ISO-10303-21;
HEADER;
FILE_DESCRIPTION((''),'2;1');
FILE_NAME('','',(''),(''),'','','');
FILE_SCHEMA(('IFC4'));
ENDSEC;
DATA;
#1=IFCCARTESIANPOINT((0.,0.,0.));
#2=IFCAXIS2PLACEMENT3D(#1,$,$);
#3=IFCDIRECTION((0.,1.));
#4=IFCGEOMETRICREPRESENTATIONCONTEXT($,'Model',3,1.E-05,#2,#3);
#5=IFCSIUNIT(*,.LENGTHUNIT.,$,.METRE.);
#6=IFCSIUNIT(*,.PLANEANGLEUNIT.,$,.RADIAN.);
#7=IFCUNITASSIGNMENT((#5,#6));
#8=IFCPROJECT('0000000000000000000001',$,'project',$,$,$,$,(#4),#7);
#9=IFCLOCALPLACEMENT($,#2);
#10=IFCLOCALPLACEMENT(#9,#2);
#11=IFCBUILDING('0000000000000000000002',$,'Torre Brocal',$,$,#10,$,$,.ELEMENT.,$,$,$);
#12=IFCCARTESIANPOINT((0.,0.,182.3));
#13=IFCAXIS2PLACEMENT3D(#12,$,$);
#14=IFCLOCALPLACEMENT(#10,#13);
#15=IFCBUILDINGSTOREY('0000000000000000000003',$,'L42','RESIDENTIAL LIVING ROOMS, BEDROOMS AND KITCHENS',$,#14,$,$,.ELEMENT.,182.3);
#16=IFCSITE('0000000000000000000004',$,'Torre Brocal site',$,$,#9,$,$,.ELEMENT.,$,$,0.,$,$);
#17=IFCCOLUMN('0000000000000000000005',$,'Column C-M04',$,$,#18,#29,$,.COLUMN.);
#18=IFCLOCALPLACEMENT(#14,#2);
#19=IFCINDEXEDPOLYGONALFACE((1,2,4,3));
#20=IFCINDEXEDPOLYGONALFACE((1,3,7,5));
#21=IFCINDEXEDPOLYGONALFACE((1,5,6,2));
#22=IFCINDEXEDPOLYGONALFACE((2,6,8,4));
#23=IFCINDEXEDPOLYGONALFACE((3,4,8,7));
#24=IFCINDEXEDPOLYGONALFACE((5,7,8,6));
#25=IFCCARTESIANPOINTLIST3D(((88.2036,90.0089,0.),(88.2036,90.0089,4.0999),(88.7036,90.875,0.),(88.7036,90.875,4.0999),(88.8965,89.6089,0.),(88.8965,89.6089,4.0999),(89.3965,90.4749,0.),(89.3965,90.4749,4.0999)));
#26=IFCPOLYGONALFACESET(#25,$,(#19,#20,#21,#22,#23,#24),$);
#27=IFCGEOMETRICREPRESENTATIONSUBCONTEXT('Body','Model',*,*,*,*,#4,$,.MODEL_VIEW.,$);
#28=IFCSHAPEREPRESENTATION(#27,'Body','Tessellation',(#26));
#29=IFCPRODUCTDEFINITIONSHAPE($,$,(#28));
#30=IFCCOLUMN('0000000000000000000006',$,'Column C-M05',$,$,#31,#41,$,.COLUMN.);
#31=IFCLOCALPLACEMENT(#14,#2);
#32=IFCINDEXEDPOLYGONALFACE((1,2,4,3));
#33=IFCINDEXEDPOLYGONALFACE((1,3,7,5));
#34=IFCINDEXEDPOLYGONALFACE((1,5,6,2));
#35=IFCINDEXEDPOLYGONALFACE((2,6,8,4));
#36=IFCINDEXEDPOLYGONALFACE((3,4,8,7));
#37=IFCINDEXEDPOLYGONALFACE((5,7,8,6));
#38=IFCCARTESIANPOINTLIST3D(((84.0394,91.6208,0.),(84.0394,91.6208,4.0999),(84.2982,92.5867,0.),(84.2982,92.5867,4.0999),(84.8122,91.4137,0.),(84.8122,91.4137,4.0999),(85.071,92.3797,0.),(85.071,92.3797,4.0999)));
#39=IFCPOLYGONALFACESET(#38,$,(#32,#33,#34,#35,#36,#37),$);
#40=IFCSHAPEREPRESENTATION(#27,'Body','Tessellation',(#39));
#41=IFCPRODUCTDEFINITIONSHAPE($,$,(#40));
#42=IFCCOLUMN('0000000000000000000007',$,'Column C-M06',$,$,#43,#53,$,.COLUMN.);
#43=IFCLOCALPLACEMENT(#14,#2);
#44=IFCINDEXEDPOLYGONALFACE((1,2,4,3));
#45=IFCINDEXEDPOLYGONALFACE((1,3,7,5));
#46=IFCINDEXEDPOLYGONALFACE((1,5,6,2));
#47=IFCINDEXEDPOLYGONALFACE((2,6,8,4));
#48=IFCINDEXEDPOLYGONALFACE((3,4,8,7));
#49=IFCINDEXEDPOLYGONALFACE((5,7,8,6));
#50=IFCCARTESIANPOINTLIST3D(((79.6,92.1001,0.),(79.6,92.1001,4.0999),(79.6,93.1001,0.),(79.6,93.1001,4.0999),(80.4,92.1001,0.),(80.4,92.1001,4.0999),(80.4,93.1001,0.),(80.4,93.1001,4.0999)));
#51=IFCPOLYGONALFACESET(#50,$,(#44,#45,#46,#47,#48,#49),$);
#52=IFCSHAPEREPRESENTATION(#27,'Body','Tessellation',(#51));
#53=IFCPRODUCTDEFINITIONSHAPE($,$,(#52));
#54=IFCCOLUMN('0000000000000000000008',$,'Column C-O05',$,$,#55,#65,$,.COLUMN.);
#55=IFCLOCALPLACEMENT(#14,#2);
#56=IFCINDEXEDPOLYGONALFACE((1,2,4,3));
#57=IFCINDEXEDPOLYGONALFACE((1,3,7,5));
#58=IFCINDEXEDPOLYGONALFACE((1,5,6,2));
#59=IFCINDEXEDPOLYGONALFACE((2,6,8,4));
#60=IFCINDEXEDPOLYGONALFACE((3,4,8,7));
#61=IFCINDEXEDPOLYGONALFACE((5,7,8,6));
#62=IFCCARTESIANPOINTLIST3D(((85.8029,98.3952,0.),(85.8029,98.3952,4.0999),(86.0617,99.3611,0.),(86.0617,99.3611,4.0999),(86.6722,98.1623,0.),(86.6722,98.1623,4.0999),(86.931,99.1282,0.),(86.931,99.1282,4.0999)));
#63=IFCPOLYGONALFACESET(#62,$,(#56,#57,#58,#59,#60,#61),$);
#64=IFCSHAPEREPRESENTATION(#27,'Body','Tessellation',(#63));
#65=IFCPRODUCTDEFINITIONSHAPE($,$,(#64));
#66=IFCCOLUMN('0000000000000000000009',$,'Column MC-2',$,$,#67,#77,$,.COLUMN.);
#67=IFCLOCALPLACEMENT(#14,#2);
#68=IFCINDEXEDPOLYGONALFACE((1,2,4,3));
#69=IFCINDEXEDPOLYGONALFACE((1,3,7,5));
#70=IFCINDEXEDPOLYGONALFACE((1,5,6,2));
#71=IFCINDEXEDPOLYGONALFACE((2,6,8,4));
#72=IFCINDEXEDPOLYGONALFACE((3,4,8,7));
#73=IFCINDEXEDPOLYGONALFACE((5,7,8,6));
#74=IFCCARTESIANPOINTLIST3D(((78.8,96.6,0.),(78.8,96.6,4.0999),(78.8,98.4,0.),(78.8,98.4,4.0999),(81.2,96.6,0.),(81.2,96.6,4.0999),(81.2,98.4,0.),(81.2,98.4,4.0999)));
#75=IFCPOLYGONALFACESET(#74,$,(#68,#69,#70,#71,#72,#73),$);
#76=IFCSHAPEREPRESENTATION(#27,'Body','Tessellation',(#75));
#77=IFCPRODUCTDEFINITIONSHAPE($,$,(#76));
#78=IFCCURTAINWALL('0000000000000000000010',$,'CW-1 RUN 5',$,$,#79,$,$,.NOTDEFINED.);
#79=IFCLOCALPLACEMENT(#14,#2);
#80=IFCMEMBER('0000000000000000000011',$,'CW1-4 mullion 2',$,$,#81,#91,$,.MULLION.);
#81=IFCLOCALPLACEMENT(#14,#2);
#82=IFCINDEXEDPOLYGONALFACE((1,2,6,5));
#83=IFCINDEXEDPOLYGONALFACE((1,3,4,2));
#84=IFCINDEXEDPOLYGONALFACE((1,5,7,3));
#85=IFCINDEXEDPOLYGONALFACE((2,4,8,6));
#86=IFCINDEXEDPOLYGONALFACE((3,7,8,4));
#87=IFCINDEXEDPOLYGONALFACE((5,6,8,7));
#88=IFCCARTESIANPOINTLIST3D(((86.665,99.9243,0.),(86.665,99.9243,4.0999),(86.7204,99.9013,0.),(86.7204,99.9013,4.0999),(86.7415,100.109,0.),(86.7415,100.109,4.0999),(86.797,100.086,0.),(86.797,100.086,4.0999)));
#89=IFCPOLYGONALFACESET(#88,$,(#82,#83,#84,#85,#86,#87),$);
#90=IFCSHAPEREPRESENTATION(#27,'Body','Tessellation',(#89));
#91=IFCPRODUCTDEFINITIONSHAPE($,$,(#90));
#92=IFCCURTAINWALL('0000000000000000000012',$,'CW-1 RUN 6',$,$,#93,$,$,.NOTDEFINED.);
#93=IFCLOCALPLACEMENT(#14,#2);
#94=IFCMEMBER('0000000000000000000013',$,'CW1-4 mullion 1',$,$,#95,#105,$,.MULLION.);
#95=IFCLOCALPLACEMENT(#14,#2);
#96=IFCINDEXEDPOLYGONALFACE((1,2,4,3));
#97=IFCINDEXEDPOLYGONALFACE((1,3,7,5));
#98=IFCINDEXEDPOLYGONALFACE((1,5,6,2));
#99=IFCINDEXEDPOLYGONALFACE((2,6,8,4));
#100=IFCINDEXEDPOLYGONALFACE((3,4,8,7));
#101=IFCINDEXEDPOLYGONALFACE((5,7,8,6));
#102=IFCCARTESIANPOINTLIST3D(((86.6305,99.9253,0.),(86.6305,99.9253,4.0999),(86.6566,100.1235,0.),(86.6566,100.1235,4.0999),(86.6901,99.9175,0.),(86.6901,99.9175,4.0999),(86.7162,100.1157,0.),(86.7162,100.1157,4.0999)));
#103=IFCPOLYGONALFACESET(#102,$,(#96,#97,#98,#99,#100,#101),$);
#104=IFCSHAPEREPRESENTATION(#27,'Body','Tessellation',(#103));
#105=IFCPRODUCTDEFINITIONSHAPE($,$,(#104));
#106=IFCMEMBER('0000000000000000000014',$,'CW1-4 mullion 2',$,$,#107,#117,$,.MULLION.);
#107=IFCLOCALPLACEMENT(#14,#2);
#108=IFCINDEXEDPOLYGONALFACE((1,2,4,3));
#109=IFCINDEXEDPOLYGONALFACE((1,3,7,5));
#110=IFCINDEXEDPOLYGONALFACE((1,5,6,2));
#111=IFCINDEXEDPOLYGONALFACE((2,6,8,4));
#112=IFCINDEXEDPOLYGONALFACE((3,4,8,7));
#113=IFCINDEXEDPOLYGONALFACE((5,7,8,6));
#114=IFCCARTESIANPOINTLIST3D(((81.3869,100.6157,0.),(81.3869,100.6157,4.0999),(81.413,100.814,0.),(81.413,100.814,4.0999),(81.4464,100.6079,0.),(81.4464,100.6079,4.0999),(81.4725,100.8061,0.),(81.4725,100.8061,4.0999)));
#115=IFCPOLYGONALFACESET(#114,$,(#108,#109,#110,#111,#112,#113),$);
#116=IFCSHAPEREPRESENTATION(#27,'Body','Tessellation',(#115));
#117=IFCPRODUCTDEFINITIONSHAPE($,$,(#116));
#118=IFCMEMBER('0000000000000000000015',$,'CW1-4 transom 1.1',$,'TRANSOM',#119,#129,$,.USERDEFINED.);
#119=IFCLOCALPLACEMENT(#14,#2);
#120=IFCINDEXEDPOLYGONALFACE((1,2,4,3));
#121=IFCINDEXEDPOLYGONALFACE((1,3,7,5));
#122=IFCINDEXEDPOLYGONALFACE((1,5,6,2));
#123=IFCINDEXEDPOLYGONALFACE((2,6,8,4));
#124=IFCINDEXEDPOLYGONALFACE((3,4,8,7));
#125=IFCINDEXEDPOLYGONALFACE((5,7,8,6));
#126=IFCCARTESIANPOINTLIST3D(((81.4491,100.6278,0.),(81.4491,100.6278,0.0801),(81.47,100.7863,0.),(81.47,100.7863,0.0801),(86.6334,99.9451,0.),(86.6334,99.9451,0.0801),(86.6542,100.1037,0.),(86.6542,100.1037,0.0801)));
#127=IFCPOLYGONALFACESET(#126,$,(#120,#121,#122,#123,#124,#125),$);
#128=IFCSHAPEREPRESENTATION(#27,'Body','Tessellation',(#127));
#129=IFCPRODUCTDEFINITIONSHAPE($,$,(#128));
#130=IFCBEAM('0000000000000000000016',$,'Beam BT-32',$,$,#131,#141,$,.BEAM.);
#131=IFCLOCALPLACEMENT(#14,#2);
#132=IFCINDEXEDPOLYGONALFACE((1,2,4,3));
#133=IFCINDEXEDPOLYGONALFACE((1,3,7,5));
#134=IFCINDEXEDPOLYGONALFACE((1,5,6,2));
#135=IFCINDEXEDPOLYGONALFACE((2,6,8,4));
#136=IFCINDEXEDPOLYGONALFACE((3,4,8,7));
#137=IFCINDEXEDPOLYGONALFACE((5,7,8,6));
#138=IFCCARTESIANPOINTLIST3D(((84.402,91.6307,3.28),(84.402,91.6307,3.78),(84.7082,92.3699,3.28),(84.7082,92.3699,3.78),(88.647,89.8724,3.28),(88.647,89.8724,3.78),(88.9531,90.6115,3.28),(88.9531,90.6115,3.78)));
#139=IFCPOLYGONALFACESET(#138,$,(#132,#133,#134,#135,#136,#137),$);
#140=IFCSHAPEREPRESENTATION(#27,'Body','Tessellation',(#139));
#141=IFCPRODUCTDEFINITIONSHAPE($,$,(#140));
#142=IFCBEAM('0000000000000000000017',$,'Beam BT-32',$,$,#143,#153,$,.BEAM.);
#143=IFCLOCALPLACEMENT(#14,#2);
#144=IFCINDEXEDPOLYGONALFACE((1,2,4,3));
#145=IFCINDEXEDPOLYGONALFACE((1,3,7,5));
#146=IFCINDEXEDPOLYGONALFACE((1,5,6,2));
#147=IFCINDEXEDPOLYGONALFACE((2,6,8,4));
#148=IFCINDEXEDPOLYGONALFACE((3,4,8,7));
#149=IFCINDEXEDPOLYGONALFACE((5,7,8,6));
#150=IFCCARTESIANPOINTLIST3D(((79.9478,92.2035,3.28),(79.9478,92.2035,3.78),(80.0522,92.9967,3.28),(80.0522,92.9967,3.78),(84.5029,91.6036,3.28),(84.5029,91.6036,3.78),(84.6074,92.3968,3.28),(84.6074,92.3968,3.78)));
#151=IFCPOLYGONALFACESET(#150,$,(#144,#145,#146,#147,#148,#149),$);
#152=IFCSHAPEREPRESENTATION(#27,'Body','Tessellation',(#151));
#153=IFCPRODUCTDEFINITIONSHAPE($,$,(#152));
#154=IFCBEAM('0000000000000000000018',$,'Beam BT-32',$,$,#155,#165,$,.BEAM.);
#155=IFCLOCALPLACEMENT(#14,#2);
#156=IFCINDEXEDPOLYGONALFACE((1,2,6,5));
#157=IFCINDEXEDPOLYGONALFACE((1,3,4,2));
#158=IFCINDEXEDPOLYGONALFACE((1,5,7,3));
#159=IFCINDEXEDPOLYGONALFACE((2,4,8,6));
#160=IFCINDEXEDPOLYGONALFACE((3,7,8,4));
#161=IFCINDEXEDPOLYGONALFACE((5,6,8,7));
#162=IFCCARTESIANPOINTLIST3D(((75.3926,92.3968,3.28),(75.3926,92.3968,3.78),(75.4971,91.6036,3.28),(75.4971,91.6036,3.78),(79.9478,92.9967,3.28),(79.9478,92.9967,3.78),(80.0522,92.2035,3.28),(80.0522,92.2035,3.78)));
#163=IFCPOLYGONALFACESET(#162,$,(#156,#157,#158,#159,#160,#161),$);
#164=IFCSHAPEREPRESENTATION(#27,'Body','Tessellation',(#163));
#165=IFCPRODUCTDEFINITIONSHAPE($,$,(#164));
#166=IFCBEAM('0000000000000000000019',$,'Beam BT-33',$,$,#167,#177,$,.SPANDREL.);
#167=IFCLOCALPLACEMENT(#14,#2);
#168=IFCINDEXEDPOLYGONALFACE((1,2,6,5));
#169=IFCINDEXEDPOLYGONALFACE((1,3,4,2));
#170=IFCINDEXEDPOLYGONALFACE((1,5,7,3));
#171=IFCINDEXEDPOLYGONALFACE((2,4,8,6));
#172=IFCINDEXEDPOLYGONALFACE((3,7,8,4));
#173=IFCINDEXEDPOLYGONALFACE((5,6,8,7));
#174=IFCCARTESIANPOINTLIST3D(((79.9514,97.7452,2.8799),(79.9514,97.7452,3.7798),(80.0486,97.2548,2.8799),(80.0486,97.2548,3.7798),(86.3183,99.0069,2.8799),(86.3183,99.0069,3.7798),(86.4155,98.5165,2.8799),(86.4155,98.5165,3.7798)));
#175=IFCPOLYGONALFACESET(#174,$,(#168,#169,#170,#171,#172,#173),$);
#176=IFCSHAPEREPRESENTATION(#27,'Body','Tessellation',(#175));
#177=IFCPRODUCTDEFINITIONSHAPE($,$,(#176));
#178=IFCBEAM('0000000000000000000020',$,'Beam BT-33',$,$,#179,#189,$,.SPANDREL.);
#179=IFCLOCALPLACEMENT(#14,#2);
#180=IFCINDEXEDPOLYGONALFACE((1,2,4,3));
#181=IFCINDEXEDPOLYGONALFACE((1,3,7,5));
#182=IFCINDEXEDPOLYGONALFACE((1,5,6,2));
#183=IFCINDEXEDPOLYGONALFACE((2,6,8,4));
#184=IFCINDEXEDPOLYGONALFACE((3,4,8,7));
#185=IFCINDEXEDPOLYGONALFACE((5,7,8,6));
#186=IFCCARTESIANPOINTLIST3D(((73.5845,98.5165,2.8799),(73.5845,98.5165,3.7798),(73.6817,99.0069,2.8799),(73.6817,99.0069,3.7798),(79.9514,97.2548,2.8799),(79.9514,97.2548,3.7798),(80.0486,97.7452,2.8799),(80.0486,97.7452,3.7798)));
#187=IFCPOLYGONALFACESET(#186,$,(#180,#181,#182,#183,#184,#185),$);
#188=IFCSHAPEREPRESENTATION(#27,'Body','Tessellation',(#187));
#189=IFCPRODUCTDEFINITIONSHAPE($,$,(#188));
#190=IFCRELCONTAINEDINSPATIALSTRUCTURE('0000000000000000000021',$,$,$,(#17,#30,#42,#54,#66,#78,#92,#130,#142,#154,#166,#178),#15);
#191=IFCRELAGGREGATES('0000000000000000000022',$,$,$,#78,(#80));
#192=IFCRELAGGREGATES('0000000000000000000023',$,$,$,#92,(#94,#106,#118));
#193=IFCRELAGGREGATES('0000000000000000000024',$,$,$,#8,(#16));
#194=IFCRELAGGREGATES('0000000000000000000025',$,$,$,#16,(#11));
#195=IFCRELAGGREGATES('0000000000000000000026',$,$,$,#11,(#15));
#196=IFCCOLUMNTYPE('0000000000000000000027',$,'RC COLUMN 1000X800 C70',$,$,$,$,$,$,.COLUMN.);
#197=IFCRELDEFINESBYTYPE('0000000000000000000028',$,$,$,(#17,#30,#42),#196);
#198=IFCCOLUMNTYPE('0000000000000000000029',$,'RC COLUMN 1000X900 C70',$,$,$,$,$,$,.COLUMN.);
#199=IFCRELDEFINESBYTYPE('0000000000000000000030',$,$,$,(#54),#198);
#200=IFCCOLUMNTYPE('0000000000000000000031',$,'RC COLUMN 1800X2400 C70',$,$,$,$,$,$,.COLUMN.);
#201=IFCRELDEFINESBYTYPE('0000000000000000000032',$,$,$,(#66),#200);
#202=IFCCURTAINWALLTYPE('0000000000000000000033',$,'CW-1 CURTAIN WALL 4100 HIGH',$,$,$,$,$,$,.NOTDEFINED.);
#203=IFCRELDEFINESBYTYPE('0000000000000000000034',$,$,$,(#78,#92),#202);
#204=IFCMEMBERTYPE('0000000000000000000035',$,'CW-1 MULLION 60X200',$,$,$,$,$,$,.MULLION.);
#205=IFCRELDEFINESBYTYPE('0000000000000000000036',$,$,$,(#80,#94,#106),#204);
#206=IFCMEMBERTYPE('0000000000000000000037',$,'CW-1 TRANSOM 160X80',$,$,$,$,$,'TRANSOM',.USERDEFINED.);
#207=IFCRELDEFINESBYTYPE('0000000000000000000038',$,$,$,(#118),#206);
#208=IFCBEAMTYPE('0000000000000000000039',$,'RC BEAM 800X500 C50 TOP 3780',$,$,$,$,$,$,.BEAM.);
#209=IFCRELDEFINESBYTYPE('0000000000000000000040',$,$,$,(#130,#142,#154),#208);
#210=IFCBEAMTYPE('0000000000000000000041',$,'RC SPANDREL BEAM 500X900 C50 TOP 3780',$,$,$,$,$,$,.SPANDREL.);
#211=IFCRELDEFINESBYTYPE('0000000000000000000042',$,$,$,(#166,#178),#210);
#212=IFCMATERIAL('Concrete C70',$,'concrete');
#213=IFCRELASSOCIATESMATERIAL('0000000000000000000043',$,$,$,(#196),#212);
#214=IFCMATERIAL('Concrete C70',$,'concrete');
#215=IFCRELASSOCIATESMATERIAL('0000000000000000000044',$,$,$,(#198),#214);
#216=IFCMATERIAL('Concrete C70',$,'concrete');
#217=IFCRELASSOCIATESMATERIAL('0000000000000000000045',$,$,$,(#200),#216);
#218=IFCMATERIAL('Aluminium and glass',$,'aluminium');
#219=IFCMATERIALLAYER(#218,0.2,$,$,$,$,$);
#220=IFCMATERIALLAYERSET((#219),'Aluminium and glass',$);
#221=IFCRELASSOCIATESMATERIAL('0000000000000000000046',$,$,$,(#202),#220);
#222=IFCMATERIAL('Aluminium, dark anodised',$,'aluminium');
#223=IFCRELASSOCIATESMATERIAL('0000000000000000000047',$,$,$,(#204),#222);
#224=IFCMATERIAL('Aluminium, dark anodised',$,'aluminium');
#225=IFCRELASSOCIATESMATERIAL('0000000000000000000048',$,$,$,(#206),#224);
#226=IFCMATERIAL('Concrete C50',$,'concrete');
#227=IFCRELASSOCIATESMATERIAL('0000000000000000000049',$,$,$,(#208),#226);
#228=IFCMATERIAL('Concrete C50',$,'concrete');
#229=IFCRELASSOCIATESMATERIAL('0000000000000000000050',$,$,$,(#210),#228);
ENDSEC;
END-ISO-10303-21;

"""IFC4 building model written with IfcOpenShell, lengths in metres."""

from ifc_helpers import new_model, si_unit, direction, frame, origin, origin_2d, place, context, subcontext, project, spatial, rectangle, extrude, material, layer, layer_set, material_profile, profile_set, type_object, element, aggregate, save


model = new_model("IFC4")

# Units and contexts
model_context = context("Model", 3, precision=1e-05, world=origin(), true_north=direction((0.0, 1.0)))
body_context = subcontext(model_context, "Body", "Model", "MODEL_VIEW")
ifc_project = project(units=[si_unit("LENGTHUNIT", "METRE"), si_unit("PLANEANGLEUNIT", "RADIAN")], contexts=[model_context])

# Site, building, storey
site_placement = place(None, origin())
site = spatial("IfcSite", under=ifc_project, at=site_placement, Name="Torre Brocal site", CompositionType="ELEMENT", RefElevation=0.0)
building_placement = place(site_placement, origin())
building = spatial("IfcBuilding", under=site, at=building_placement, Name="Torre Brocal", CompositionType="ELEMENT")
storey_placement = place(building_placement, frame((0.0, 0.0, 182.3)))
storey = spatial("IfcBuildingStorey", under=building, at=storey_placement, Name="L42", Description="RESIDENTIAL LIVING ROOMS, BEDROOMS AND KITCHENS", CompositionType="ELEMENT", Elevation=182.3)

# Columns
ifc_material_1 = material(Name="Concrete C70", Category="concrete")
ifc_material_profile_1 = material_profile(ifc_material_1, rectangle(XDim=1.0, YDim=0.8, at=origin_2d()), Name="RC 1000X800")
ifc_profile_set_1 = profile_set([ifc_material_profile_1], Name="Concrete C70")
column_type_1 = type_object("IfcColumnType", Name="RC COLUMN 1000X800 C70", PredefinedType="COLUMN", material=ifc_profile_set_1)
for number, where, z_axis, x_axis, name in (
    (1, (88.8, 90.2419, 0.0), (0.0, 0.0, 1.0), (0.5, 0.866025, 0.0), "Column C-M04"),
    (2, (84.5552, 92.0002, 0.0), (0.0, 0.0, 1.0), (0.258819, 0.965926, 0.0), "Column C-M05"),
    (3, (80.0, 92.6001, 0.0), (0.0, 0.0, 1.0), (0.0, 1.0, 0.0), "Column C-M06"),
):
    element("IfcColumn", number, at=place(storey_placement, frame(where, z_axis=z_axis, x_axis=x_axis)), inside=storey, type_object=column_type_1, Name=name, PredefinedType="COLUMN", context=body_context, shape_type="SweptSolid", body=[
        extrude(rectangle(XDim=1.0, YDim=0.8, at=origin_2d()), origin(), (0.0, 0.0, 1.0), 4.0999),
    ])
ifc_material_2 = material(Name="Concrete C70", Category="concrete")
ifc_material_profile_2 = material_profile(ifc_material_2, rectangle(XDim=1.0, YDim=0.8999, at=origin_2d()), Name="RC 1000X900")
ifc_profile_set_2 = profile_set([ifc_material_profile_2], Name="Concrete C70")
column_type_2 = type_object("IfcColumnType", Name="RC COLUMN 1000X900 C70", PredefinedType="COLUMN", material=ifc_profile_set_2)
column_1_placement = place(storey_placement, frame((86.3669, 98.7617, 0.0), z_axis=(0.0, 0.0, 1.0), x_axis=(0.258819, 0.965926, 0.0)))
element("IfcColumn", 4, at=column_1_placement, inside=storey, type_object=column_type_2, Name="Column C-O05", PredefinedType="COLUMN", context=body_context, shape_type="SweptSolid", body=[
    extrude(rectangle(XDim=1.0, YDim=0.8999, at=origin_2d()), origin(), (0.0, 0.0, 1.0), 4.0999),
])
ifc_material_3 = material(Name="Concrete C70", Category="concrete")
ifc_material_profile_3 = material_profile(ifc_material_3, rectangle(XDim=1.8, YDim=2.3999, at=origin_2d()), Name="RC 1800X2400")
ifc_profile_set_3 = profile_set([ifc_material_profile_3], Name="Concrete C70")
column_type_3 = type_object("IfcColumnType", Name="RC COLUMN 1800X2400 C70", PredefinedType="COLUMN", material=ifc_profile_set_3)
column_2_placement = place(storey_placement, frame((80.0, 97.5, 0.0), z_axis=(0.0, 0.0, 1.0), x_axis=(0.0, 1.0, 0.0)))
element("IfcColumn", 5, at=column_2_placement, inside=storey, type_object=column_type_3, Name="Column MC-2", PredefinedType="COLUMN", context=body_context, shape_type="SweptSolid", body=[
    extrude(rectangle(XDim=1.8, YDim=2.3999, at=origin_2d()), origin(), (0.0, 0.0, 1.0), 4.0999),
])

# Curtain wall, member
ifc_material_4 = material(Name="Aluminium and glass", Category="aluminium")
ifc_layer_1 = layer(ifc_material_4, 0.2)
ifc_layer_set_1 = layer_set([ifc_layer_1], Name="Aluminium and glass")
curtain_wall_type = type_object("IfcCurtainWallType", Name="CW-1 CURTAIN WALL 4100 HIGH", PredefinedType="NOTDEFINED", material=ifc_layer_set_1)
curtain_wall_1_placement = place(storey_placement, origin())
curtain_wall_1 = element("IfcCurtainWall", 6, at=curtain_wall_1_placement, inside=storey, type_object=curtain_wall_type, Name="CW-1 RUN 5", PredefinedType="NOTDEFINED")
ifc_material_5 = material(Name="Aluminium, dark anodised", Category="aluminium")
ifc_material_profile_4 = material_profile(ifc_material_5, rectangle(XDim=0.2, YDim=0.0601, at=origin_2d()), Name="CW-1 MULLION 60X200")
ifc_profile_set_4 = profile_set([ifc_material_profile_4], Name="Aluminium, dark anodised")
member_type_1 = type_object("IfcMemberType", Name="CW-1 MULLION 60X200", PredefinedType="MULLION", material=ifc_profile_set_4)
member_1_placement = place(storey_placement, frame((86.731, 100.0051, 0.0), z_axis=(0.0, 0.0, 1.0), x_axis=(-0.382683, -0.92388, 0.0)))
member_1 = element("IfcMember", 7, at=member_1_placement, type_object=member_type_1, Name="CW1-4 mullion 2", PredefinedType="MULLION", context=body_context, shape_type="SweptSolid", body=[
    extrude(rectangle(XDim=0.2, YDim=0.0601, at=origin_2d()), origin(), (0.0, 0.0, 1.0), 4.0999),
])

# Curtain wall, members
curtain_wall_2_placement = place(storey_placement, origin())
curtain_wall_2 = element("IfcCurtainWall", 8, at=curtain_wall_2_placement, inside=storey, type_object=curtain_wall_type, Name="CW-1 RUN 6", PredefinedType="NOTDEFINED")
member_2_placement = place(storey_placement, frame((86.6733, 100.0205, 0.0), z_axis=(0.0, 0.0, 1.0), x_axis=(-0.130526, -0.991445, 0.0)))
member_2 = element("IfcMember", 9, at=member_2_placement, type_object=member_type_1, Name="CW1-4 mullion 1", PredefinedType="MULLION", context=body_context, shape_type="SweptSolid", body=[
    extrude(rectangle(XDim=0.2, YDim=0.0601, at=origin_2d()), origin(), (0.0, 0.0, 1.0), 4.0999),
])
member_3_placement = place(storey_placement, frame((81.4297, 100.7109, 0.0), z_axis=(0.0, 0.0, 1.0), x_axis=(-0.130526, -0.991445, 0.0)))
member_3 = element("IfcMember", 10, at=member_3_placement, type_object=member_type_1, Name="CW1-4 mullion 2", PredefinedType="MULLION", context=body_context, shape_type="SweptSolid", body=[
    extrude(rectangle(XDim=0.2, YDim=0.0601, at=origin_2d()), origin(), (0.0, 0.0, 1.0), 4.0999),
])
ifc_material_6 = material(Name="Aluminium, dark anodised", Category="aluminium")
ifc_material_profile_5 = material_profile(ifc_material_6, rectangle(XDim=0.1599, YDim=0.0801, at=origin_2d()), Name="CW-1 TRANSOM 160X80")
ifc_profile_set_5 = profile_set([ifc_material_profile_5], Name="Aluminium, dark anodised")
member_type_2 = type_object("IfcMemberType", Name="CW-1 TRANSOM 160X80", ElementType="TRANSOM", PredefinedType="USERDEFINED", material=ifc_profile_set_5)
member_4_placement = place(storey_placement, frame((86.6438, 100.0244, 0.04), z_axis=(-0.991443, 0.130543, 0.0), x_axis=(-0.130543, -0.991443, 0.0)))
member_4 = element("IfcMember", 11, at=member_4_placement, type_object=member_type_2, Name="CW1-4 transom 1.1", ObjectType="TRANSOM", PredefinedType="USERDEFINED", context=body_context, shape_type="SweptSolid", body=[
    extrude(rectangle(XDim=0.1599, YDim=0.0801, at=origin_2d()), origin(), (0.0, 0.0, 1.0), 5.229),
])

# Beams
ifc_material_7 = material(Name="Concrete C50", Category="concrete")
ifc_material_profile_6 = material_profile(ifc_material_7, rectangle(XDim=0.8, YDim=0.5, at=origin_2d()), Name="RC 800X500")
ifc_profile_set_6 = profile_set([ifc_material_profile_6], Name="Concrete C50")
beam_type_1 = type_object("IfcBeamType", Name="RC BEAM 800X500 C50 TOP 3780", PredefinedType="BEAM", material=ifc_profile_set_6)
beam_placement = place(storey_placement, frame((88.8, 90.2419, 3.53), z_axis=(-0.923878, 0.382687, 0.0), x_axis=(-0.382687, -0.923878, 0.0)))
element("IfcBeam", 12, at=beam_placement, inside=storey, type_object=beam_type_1, Name="Beam BT-32", PredefinedType="BEAM", context=body_context, shape_type="SweptSolid", body=[
    extrude(rectangle(XDim=0.8, YDim=0.5, at=origin_2d()), origin(), (0.0, 0.0, 1.0), 4.5947),
])
for number, where, z_axis, x_axis, name in (
    (13, (84.5552, 92.0002, 3.53), (-0.991441, 0.130559, 0.0), (-0.130559, -0.991441, 0.0), "Beam BT-32"),
    (14, (80.0, 92.6001, 3.53), (-0.991441, -0.130559, 0.0), (0.130559, -0.991441, 0.0), "Beam BT-32"),
):
    element("IfcBeam", number, at=place(storey_placement, frame(where, z_axis=z_axis, x_axis=x_axis)), inside=storey, type_object=beam_type_1, Name=name, PredefinedType="BEAM", context=body_context, shape_type="SweptSolid", body=[
        extrude(rectangle(XDim=0.8, YDim=0.5, at=origin_2d()), origin(), (0.0, 0.0, 1.0), 4.5945),
    ])
ifc_material_8 = material(Name="Concrete C50", Category="concrete")
ifc_material_profile_7 = material_profile(ifc_material_8, rectangle(XDim=0.5, YDim=0.8999, at=origin_2d()), Name="RC 500X900")
ifc_profile_set_7 = profile_set([ifc_material_profile_7], Name="Concrete C50")
beam_type_2 = type_object("IfcBeamType", Name="RC SPANDREL BEAM 500X900 C50 TOP 3780", PredefinedType="SPANDREL", material=ifc_profile_set_7)
for number, where, z_axis, x_axis, name in (
    (15, (86.3669, 98.7617, 3.3298), (-0.980925, -0.194387, 0.0), (0.194387, -0.980925, 0.0), "Beam BT-33"),
    (16, (80.0, 97.5, 3.3298), (-0.980925, 0.194387, 0.0), (-0.194387, -0.980925, 0.0), "Beam BT-33"),
):
    element("IfcBeam", number, at=place(storey_placement, frame(where, z_axis=z_axis, x_axis=x_axis)), inside=storey, type_object=beam_type_2, Name=name, PredefinedType="SPANDREL", context=body_context, shape_type="SweptSolid", body=[
        extrude(rectangle(XDim=0.5, YDim=0.8999, at=origin_2d()), origin(), (0.0, 0.0, 1.0), 6.4907),
    ])

aggregate(curtain_wall_1, [member_1])
aggregate(curtain_wall_2, [member_2, member_3, member_4])

save(model, "model.ifc")
